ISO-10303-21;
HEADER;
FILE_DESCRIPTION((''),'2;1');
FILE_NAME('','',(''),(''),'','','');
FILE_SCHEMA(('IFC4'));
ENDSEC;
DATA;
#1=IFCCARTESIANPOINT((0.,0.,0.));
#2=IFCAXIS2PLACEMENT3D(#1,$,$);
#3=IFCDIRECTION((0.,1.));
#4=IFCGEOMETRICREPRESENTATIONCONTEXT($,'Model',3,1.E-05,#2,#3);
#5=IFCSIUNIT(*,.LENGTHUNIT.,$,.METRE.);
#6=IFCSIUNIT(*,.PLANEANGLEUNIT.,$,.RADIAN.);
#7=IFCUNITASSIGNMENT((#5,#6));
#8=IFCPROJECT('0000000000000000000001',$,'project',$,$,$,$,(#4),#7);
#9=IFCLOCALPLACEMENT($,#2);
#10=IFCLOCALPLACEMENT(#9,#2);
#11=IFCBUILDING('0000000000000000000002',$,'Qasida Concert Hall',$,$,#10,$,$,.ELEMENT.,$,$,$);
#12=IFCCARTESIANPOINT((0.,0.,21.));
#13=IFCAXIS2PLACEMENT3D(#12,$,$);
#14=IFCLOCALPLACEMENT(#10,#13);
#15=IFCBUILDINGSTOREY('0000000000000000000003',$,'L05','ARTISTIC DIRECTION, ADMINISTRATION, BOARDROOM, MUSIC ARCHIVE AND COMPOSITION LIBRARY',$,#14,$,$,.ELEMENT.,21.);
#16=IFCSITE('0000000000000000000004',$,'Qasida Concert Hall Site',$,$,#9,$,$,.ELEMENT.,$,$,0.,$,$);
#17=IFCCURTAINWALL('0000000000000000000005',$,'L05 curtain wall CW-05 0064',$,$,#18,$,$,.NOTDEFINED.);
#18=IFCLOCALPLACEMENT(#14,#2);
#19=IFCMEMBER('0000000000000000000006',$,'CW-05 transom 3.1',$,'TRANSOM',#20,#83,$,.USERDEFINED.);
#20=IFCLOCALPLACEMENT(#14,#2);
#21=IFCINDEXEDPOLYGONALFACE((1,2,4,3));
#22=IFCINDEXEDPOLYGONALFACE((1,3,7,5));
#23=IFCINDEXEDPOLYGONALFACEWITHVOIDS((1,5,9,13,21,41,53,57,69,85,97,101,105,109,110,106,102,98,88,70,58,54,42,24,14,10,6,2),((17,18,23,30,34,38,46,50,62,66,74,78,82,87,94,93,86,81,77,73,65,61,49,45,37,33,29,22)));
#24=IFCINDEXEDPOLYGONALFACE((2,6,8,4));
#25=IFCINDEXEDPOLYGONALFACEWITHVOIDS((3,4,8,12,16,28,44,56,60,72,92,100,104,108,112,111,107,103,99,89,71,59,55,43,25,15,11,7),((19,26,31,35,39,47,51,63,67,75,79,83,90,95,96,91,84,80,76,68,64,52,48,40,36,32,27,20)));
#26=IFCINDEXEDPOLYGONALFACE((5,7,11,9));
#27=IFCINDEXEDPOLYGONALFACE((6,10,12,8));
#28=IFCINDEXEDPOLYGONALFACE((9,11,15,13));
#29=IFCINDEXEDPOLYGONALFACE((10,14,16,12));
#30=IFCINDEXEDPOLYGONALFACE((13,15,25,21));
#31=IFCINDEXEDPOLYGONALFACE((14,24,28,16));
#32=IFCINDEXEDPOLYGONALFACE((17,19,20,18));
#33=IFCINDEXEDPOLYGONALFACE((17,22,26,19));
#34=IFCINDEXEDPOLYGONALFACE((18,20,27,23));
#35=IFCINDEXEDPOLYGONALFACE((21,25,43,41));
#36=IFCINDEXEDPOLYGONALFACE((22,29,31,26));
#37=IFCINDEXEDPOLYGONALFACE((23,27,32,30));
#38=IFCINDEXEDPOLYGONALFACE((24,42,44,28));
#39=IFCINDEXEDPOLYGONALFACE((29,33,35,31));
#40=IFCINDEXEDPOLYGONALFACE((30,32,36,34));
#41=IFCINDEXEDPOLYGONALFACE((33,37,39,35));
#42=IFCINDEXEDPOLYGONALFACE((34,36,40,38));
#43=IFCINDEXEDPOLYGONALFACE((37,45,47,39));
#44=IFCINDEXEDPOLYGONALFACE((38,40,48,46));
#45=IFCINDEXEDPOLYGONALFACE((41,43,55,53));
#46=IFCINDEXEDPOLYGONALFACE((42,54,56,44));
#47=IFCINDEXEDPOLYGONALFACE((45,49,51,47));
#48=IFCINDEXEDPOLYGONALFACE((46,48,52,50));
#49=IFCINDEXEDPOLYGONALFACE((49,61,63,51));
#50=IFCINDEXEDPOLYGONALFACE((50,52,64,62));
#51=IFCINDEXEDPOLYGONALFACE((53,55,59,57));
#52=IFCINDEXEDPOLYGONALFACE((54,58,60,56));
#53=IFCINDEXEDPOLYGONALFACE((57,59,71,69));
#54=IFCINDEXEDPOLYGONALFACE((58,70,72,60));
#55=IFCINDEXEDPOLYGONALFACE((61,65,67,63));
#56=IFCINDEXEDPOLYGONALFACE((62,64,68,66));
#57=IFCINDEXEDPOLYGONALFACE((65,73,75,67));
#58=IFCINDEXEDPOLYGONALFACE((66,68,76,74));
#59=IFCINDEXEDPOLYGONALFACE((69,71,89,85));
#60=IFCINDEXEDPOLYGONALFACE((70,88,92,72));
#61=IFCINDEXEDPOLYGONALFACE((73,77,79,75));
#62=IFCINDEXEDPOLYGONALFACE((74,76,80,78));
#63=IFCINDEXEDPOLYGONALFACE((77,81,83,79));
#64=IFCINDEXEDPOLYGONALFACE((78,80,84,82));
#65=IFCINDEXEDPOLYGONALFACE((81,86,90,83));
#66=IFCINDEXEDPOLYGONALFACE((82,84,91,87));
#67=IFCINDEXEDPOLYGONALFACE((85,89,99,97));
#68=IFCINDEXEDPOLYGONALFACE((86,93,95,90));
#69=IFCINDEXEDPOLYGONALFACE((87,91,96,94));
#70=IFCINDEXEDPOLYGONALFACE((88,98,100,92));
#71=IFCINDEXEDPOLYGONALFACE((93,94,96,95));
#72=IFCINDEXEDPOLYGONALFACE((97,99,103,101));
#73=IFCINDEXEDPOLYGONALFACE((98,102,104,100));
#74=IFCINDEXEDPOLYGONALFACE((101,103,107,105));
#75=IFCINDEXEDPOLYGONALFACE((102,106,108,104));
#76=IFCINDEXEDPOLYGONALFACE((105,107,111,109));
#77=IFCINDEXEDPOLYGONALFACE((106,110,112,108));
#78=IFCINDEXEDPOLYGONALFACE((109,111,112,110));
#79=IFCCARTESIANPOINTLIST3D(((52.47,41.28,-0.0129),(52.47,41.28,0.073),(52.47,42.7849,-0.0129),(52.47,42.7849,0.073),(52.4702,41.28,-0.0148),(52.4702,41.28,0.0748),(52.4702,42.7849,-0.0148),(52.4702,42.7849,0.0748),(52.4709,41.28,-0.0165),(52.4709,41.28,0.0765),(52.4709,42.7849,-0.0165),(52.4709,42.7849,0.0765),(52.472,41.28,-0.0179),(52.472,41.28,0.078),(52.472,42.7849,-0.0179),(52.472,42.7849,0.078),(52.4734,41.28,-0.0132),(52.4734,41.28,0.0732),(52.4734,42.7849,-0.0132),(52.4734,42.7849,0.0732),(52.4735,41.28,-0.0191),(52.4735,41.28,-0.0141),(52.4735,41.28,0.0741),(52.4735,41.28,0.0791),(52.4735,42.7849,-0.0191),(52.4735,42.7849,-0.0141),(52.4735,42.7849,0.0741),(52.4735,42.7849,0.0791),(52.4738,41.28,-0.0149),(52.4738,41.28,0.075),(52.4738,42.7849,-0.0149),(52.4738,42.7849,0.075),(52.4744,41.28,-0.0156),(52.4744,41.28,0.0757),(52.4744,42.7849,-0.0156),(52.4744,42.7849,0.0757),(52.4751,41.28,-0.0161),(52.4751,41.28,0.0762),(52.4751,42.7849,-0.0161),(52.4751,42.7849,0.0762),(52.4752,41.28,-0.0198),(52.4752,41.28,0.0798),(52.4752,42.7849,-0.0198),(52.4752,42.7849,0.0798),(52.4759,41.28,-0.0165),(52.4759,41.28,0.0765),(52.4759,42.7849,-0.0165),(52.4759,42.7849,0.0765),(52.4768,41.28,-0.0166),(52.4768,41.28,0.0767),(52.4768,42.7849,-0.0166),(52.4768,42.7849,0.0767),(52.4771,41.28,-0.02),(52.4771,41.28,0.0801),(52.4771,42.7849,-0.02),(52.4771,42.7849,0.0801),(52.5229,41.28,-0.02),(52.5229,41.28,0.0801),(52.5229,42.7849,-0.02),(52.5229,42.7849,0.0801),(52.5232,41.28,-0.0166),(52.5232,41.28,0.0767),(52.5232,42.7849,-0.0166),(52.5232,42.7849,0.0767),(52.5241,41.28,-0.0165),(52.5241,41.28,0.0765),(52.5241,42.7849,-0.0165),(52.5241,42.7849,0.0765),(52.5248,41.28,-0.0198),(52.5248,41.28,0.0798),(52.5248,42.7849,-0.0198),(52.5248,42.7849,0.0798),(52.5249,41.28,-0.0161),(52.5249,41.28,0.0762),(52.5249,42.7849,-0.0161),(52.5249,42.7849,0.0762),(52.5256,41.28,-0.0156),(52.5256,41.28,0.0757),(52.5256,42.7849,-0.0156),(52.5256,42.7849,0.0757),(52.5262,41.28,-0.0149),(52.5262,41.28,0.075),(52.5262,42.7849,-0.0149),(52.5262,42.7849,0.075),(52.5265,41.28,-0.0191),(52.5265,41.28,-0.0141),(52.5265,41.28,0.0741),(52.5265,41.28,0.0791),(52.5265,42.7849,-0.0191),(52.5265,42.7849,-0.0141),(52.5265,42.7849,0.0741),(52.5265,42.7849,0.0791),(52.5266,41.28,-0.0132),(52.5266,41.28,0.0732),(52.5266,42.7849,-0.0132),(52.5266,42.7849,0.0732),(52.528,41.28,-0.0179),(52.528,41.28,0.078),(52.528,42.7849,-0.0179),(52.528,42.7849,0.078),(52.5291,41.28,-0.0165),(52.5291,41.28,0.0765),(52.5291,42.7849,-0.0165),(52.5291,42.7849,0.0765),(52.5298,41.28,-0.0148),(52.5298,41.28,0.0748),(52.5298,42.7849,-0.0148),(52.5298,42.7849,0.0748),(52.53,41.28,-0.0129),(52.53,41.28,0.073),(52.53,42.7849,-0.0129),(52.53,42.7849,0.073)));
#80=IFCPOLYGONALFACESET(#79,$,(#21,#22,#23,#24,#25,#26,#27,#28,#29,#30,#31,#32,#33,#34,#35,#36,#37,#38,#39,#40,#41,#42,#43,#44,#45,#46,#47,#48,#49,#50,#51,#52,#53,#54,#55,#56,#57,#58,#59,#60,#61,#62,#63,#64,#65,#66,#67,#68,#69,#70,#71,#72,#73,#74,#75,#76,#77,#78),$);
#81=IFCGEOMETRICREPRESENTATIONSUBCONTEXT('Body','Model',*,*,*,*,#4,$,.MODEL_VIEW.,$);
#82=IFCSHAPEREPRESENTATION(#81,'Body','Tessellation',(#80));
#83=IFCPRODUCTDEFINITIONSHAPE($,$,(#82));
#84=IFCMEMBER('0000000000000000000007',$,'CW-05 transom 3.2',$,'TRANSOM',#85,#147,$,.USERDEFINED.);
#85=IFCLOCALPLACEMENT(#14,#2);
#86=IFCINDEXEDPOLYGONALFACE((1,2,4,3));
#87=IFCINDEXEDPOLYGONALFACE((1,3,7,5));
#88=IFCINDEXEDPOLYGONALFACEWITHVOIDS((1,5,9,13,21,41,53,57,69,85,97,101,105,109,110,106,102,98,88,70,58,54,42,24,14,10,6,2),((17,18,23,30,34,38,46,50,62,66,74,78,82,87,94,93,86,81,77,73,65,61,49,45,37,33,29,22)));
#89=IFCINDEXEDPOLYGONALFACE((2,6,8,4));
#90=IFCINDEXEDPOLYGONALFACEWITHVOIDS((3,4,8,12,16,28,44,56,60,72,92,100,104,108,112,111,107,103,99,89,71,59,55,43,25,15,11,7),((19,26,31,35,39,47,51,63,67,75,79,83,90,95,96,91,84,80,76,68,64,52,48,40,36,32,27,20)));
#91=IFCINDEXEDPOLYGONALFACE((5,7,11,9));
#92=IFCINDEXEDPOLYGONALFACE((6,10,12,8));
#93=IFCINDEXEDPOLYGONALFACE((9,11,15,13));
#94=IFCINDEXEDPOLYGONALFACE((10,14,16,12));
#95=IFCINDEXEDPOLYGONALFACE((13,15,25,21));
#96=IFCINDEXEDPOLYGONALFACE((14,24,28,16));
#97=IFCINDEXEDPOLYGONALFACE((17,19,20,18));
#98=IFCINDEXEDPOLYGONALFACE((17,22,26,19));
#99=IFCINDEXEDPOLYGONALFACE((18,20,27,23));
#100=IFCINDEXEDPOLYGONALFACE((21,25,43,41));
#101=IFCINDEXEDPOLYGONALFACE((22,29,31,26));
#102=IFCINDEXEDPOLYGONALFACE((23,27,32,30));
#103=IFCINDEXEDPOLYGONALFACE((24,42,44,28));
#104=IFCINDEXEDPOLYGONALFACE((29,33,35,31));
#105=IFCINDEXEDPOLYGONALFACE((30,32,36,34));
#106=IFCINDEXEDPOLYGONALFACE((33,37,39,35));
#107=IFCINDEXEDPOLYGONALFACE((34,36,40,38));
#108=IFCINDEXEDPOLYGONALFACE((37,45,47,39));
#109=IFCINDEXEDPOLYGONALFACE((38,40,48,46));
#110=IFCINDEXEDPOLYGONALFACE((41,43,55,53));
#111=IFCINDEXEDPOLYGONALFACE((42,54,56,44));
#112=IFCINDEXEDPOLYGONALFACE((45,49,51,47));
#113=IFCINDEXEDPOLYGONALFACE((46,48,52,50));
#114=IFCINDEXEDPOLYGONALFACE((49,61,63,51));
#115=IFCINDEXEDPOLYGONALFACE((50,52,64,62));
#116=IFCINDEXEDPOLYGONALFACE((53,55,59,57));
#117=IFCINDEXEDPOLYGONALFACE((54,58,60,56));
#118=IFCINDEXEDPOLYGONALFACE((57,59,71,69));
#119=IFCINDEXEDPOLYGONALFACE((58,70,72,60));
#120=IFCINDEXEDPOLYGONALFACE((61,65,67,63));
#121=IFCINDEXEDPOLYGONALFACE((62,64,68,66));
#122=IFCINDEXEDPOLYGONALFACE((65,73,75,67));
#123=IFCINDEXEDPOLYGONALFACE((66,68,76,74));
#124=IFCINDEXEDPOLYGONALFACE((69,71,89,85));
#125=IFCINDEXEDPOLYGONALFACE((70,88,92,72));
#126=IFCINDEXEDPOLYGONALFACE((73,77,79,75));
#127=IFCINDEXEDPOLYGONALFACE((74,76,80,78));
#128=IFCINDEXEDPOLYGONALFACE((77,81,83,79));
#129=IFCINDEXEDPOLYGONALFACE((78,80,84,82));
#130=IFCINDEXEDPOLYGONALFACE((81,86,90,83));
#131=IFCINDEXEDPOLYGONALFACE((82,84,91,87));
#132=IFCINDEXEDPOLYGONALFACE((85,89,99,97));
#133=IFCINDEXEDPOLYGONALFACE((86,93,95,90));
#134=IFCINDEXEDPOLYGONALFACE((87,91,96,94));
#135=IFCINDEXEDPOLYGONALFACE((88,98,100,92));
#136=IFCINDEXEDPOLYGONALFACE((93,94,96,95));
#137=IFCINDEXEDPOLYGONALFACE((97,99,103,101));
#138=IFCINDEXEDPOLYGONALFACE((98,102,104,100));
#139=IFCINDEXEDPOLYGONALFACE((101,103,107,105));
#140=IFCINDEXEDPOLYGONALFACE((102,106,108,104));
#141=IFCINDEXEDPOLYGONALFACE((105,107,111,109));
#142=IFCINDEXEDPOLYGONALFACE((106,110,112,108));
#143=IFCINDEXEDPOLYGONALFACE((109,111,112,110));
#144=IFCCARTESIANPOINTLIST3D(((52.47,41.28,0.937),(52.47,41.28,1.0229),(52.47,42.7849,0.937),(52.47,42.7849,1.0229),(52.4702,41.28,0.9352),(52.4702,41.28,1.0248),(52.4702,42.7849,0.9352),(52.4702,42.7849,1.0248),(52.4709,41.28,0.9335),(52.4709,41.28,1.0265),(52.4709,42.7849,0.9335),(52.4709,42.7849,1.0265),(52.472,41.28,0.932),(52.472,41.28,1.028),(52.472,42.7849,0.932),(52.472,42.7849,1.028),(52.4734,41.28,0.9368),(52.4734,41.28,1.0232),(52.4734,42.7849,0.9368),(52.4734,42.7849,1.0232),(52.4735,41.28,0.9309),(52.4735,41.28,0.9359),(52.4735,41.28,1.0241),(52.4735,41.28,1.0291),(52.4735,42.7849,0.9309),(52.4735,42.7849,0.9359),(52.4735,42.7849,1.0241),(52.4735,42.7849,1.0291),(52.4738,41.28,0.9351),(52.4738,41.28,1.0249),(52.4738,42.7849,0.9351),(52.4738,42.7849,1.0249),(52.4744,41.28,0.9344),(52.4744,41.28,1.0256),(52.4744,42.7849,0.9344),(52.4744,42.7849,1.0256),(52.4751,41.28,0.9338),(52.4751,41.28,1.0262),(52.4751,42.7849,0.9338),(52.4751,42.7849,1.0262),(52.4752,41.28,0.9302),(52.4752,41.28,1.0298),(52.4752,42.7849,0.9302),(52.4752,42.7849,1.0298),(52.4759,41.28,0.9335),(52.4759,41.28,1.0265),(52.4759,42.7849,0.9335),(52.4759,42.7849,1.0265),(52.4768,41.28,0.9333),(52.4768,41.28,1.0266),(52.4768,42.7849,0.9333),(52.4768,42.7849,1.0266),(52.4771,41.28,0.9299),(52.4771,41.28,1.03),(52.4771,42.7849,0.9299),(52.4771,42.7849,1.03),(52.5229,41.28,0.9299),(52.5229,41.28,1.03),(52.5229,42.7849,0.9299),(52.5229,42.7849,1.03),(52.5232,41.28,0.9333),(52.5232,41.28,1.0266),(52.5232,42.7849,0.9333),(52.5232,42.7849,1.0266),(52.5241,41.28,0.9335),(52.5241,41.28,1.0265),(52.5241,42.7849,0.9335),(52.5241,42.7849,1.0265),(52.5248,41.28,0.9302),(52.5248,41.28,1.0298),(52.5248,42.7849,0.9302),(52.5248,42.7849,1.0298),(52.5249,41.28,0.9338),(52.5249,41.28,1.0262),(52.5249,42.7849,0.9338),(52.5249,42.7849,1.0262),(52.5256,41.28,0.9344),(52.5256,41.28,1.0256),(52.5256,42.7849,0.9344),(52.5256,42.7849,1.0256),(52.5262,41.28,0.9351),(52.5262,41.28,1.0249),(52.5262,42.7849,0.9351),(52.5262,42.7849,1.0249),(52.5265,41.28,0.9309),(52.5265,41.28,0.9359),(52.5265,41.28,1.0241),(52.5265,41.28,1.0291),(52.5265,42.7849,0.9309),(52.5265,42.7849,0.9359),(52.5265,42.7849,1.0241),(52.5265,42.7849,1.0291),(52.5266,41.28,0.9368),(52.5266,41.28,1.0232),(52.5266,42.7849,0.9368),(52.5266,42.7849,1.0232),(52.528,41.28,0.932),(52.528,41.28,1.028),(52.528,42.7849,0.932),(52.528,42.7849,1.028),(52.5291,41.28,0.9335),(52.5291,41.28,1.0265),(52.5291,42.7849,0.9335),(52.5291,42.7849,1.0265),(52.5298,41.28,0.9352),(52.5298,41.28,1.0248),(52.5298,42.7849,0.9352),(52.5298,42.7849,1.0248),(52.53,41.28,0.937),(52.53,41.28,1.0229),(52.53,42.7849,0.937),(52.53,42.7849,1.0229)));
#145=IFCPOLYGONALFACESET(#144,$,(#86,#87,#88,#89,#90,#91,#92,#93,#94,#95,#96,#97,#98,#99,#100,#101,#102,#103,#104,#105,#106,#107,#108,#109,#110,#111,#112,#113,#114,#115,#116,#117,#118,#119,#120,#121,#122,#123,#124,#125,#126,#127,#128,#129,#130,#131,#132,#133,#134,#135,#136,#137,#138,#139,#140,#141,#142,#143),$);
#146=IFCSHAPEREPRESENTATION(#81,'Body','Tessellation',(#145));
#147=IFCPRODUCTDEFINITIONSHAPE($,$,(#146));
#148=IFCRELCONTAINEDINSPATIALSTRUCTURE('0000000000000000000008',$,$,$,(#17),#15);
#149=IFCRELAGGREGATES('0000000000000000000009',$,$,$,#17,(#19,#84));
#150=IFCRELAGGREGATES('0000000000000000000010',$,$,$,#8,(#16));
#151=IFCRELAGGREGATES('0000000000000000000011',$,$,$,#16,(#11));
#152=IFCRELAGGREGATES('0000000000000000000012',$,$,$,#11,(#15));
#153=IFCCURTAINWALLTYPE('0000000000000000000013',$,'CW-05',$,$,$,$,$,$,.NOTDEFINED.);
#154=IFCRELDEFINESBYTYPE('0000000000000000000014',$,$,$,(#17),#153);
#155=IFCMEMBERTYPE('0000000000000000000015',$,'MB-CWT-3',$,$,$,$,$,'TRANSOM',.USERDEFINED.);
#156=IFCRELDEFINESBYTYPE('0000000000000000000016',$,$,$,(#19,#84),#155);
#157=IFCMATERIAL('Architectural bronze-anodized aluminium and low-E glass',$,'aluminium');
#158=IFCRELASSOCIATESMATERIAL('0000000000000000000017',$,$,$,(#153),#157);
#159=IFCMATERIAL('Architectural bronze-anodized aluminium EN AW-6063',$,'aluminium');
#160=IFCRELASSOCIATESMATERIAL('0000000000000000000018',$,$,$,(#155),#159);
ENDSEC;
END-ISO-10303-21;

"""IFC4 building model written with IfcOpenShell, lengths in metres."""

from ifc_helpers import new_model, si_unit, direction, frame, origin, origin_2d, place, context, subcontext, project, spatial, hollow_rectangle, extrude, material, material_profile, profile_set, type_object, element, aggregate, save


model = new_model("IFC4")

# Units and contexts
model_context = context("Model", 3, precision=1e-05, world=origin(), true_north=direction((0.0, 1.0)))
body_context = subcontext(model_context, "Body", "Model", "MODEL_VIEW")
ifc_project = project(units=[si_unit("LENGTHUNIT", "METRE"), si_unit("PLANEANGLEUNIT", "RADIAN")], contexts=[model_context])

# Site, building, storey
site_placement = place(None, origin())
site = spatial("IfcSite", under=ifc_project, at=site_placement, Name="Qasida Concert Hall Site", CompositionType="ELEMENT", RefElevation=0.0)
building_placement = place(site_placement, origin())
building = spatial("IfcBuilding", under=site, at=building_placement, Name="Qasida Concert Hall", CompositionType="ELEMENT")
storey_placement = place(building_placement, frame((0.0, 0.0, 21.0)))
storey = spatial("IfcBuildingStorey", under=building, at=storey_placement, Name="L05", Description="ARTISTIC DIRECTION, ADMINISTRATION, BOARDROOM, MUSIC ARCHIVE AND COMPOSITION LIBRARY", CompositionType="ELEMENT", Elevation=21.0)

# Curtain wall, members
ifc_material_1 = material(Name="Architectural bronze-anodized aluminium and low-E glass", Category="aluminium")
curtain_wall_type = type_object("IfcCurtainWallType", Name="CW-05", PredefinedType="NOTDEFINED", material=ifc_material_1)
curtain_wall_placement = place(storey_placement, origin())
curtain_wall = element("IfcCurtainWall", 1, at=curtain_wall_placement, inside=storey, type_object=curtain_wall_type, Name="L05 curtain wall CW-05 0064", PredefinedType="NOTDEFINED")
ifc_material_2 = material(Name="Architectural bronze-anodized aluminium EN AW-6063", Category="aluminium")
ifc_material_profile_1 = material_profile(ifc_material_2, hollow_rectangle(XDim=0.0601, YDim=0.1001, WallThickness=0.0034, InnerFilletRadius=0.0034, OuterFilletRadius=0.0071, at=origin_2d()), Name="CWT 100x60x3.5")
ifc_profile_set_1 = profile_set([ifc_material_profile_1], Name="Architectural bronze-anodized aluminium EN AW-6063")
member_type_1 = type_object("IfcMemberType", Name="MB-CWT-3", ElementType="TRANSOM", PredefinedType="USERDEFINED", material=ifc_profile_set_1)
member_1_placement = place(storey_placement, frame((52.5, 41.28, 0.03), z_axis=(0.0, 1.0, 0.0), x_axis=(-1.0, 0.0, 0.0)))
member_1 = element("IfcMember", 2, at=member_1_placement, type_object=member_type_1, Name="CW-05 transom 3.1", ObjectType="TRANSOM", PredefinedType="USERDEFINED", context=body_context, shape_type="SweptSolid", body=[
    extrude(hollow_rectangle(XDim=0.0601, YDim=0.1001, WallThickness=0.0034, InnerFilletRadius=0.0034, OuterFilletRadius=0.0071, at=origin_2d()), origin(), (0.0, 0.0, 1.0), 1.5049),
])
member_2_placement = place(storey_placement, frame((52.5, 41.28, 0.98), z_axis=(0.0, 1.0, 0.0), x_axis=(-1.0, 0.0, 0.0)))
member_2 = element("IfcMember", 3, at=member_2_placement, type_object=member_type_1, Name="CW-05 transom 3.2", ObjectType="TRANSOM", PredefinedType="USERDEFINED", context=body_context, shape_type="SweptSolid", body=[
    extrude(hollow_rectangle(XDim=0.0601, YDim=0.1001, WallThickness=0.0034, InnerFilletRadius=0.0034, OuterFilletRadius=0.0071, at=origin_2d()), origin(), (0.0, 0.0, 1.0), 1.5049),
])
aggregate(curtain_wall, [member_1, member_2])

save(model, "model.ifc")
